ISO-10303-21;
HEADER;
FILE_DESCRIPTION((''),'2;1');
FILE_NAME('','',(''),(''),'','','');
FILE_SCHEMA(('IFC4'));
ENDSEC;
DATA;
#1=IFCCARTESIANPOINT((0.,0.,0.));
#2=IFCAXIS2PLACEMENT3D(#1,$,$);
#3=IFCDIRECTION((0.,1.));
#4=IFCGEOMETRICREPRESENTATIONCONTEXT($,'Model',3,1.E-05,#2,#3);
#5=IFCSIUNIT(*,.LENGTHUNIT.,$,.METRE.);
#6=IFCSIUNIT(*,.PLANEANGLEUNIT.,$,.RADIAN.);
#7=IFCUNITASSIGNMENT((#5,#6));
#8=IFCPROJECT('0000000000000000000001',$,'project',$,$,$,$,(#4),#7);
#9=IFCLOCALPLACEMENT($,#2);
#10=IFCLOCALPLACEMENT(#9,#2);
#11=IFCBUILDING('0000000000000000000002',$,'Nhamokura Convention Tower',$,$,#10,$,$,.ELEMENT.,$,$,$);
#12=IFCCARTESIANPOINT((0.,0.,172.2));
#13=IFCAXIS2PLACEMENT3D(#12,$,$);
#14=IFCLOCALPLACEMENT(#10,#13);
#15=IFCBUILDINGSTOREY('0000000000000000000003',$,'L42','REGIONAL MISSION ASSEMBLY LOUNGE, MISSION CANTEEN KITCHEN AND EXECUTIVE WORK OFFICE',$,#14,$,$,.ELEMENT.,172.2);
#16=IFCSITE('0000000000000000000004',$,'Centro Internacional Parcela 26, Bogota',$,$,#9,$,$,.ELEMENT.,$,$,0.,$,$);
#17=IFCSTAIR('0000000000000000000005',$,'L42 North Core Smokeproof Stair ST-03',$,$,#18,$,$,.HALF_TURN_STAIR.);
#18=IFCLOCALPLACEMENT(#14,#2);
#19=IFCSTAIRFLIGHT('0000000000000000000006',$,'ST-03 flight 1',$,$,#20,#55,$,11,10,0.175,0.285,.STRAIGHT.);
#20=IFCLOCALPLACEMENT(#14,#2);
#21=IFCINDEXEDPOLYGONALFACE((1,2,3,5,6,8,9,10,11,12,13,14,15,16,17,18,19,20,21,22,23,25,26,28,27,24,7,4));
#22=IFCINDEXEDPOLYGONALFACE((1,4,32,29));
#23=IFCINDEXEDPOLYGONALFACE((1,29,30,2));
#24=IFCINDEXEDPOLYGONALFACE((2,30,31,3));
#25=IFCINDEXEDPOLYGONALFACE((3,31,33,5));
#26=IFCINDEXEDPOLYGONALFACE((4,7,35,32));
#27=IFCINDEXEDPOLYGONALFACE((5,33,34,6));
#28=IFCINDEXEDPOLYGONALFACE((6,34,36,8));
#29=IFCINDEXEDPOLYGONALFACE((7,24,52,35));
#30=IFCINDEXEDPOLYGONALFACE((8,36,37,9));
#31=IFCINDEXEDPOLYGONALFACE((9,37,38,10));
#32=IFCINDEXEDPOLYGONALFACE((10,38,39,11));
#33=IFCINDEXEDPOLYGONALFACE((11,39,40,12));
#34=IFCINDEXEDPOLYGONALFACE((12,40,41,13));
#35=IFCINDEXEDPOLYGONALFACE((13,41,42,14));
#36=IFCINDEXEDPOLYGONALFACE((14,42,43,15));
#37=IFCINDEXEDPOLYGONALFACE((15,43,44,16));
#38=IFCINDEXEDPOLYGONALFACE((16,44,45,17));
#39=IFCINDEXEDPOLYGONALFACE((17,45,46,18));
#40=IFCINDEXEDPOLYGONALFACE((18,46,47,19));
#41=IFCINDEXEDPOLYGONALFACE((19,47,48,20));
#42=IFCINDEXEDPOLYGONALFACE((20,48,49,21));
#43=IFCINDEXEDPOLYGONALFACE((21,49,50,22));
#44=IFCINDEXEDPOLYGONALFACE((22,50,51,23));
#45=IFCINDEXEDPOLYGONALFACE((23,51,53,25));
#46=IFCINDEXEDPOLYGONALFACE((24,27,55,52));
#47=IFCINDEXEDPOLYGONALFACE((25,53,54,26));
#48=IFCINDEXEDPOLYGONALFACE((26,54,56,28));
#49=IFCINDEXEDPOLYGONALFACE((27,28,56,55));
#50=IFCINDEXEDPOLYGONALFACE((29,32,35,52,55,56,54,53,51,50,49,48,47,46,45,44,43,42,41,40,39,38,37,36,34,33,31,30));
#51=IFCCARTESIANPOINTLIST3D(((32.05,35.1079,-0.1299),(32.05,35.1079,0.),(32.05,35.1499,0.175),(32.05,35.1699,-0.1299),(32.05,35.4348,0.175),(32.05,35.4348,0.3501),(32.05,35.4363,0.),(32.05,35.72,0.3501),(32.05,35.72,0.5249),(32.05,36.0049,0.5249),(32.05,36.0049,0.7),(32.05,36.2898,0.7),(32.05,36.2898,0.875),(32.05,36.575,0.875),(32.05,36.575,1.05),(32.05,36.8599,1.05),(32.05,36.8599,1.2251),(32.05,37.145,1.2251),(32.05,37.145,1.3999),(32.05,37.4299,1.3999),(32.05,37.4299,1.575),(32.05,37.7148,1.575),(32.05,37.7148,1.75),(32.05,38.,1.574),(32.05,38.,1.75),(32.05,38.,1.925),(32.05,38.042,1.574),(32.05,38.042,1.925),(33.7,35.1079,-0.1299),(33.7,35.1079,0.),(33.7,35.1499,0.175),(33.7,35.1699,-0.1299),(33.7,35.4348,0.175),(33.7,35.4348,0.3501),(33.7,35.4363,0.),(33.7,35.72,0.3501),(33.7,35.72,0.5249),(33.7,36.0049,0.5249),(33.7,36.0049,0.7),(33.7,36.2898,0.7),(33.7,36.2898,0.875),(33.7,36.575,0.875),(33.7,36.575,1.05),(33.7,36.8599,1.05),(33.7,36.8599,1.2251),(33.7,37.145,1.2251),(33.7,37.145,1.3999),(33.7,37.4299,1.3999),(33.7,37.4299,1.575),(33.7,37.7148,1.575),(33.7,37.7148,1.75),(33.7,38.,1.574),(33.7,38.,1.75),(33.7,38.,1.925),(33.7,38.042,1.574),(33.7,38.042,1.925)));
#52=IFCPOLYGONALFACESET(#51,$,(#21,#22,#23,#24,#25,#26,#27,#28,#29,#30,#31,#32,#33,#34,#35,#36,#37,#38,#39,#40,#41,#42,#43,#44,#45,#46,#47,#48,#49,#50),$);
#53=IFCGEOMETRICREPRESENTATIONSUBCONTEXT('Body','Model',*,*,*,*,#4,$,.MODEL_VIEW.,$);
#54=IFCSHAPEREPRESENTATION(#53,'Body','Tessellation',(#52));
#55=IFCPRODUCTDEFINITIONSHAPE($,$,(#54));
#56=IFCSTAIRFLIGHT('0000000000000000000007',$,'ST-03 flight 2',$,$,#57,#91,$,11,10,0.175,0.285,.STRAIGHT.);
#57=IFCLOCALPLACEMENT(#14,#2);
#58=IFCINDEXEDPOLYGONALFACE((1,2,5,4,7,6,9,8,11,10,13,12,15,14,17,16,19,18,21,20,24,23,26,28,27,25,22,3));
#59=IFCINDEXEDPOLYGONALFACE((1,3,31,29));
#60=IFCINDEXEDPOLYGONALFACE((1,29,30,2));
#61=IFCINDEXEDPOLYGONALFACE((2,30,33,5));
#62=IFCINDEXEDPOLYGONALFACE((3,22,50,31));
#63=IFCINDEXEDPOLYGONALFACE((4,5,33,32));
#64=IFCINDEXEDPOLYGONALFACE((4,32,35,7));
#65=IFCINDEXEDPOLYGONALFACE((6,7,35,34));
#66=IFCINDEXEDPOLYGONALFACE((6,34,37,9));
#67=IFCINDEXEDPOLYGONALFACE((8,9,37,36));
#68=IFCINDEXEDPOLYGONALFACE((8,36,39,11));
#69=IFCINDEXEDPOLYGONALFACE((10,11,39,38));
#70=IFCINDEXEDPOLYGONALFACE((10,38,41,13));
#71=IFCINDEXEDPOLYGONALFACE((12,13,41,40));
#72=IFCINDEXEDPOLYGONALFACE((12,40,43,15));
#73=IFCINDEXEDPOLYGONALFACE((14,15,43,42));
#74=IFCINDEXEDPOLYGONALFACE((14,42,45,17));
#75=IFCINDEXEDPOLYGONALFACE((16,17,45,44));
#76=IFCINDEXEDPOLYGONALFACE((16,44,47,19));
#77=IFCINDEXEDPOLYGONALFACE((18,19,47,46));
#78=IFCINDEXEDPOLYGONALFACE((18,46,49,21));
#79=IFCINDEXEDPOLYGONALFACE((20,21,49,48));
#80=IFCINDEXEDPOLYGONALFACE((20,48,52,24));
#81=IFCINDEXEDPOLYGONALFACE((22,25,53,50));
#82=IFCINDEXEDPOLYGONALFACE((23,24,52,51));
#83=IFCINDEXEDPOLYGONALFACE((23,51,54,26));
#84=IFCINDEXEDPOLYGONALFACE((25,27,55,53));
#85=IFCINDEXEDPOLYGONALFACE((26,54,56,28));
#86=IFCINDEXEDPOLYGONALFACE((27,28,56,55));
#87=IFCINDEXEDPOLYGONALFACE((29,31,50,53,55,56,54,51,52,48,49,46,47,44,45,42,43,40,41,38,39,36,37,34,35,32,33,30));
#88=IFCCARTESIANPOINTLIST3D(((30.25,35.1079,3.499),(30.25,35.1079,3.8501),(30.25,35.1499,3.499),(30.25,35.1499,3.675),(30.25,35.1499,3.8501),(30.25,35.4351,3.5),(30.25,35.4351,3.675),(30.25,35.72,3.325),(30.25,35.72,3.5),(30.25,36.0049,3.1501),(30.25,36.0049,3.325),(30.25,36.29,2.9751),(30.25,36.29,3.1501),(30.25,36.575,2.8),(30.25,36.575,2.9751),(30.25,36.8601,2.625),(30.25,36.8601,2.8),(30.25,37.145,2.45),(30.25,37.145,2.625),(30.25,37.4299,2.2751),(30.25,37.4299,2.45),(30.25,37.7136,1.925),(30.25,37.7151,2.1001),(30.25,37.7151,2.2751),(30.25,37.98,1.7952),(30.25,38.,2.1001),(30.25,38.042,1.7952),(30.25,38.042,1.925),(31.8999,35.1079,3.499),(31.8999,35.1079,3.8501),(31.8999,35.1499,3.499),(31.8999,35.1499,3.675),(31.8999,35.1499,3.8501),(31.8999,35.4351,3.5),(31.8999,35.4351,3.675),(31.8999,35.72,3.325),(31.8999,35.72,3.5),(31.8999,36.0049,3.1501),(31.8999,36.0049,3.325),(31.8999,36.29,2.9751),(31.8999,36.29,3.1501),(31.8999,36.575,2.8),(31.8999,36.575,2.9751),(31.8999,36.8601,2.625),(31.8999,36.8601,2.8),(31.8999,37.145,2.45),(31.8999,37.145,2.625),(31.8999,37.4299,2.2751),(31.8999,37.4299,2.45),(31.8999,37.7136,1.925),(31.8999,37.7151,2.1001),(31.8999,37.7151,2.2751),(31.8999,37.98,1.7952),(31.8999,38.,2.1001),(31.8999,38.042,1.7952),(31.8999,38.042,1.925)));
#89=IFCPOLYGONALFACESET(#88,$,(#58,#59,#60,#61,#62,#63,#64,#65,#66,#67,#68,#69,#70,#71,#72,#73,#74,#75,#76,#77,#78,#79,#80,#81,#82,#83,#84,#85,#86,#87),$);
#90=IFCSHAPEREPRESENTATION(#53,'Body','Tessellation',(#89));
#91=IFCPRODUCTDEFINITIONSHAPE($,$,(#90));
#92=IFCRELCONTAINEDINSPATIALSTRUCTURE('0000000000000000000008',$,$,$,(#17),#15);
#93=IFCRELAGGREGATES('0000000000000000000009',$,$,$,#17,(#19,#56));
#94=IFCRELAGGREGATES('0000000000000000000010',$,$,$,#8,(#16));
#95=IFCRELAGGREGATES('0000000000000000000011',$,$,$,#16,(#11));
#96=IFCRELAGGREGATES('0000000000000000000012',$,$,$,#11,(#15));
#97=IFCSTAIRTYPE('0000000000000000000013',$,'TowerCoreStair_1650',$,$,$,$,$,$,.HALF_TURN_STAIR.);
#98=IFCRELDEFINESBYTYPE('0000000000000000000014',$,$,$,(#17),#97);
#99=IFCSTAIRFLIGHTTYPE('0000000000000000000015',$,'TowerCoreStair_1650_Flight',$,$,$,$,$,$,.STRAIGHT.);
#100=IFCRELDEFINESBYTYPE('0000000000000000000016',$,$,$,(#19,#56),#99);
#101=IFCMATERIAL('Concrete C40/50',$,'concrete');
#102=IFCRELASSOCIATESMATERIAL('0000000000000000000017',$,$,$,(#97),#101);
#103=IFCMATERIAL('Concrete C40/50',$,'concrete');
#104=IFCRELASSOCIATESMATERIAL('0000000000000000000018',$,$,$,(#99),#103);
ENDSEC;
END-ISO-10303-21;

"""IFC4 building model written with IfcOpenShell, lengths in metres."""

from ifc_helpers import new_model, si_unit, direction, frame, origin, place, context, subcontext, project, spatial, polyline, outline, extrude, material, type_object, element, aggregate, save


model = new_model("IFC4")

# Units and contexts
model_context = context("Model", 3, precision=1e-05, world=origin(), true_north=direction((0.0, 1.0)))
body_context = subcontext(model_context, "Body", "Model", "MODEL_VIEW")
ifc_project = project(units=[si_unit("LENGTHUNIT", "METRE"), si_unit("PLANEANGLEUNIT", "RADIAN")], contexts=[model_context])

# Site, building, storey
site_placement = place(None, origin())
site = spatial("IfcSite", under=ifc_project, at=site_placement, Name="Centro Internacional Parcela 26, Bogota", CompositionType="ELEMENT", RefElevation=0.0)
building_placement = place(site_placement, origin())
building = spatial("IfcBuilding", under=site, at=building_placement, Name="Nhamokura Convention Tower", CompositionType="ELEMENT")
storey_placement = place(building_placement, frame((0.0, 0.0, 172.2)))
storey = spatial("IfcBuildingStorey", under=building, at=storey_placement, Name="L42", Description="REGIONAL MISSION ASSEMBLY LOUNGE, MISSION CANTEEN KITCHEN AND EXECUTIVE WORK OFFICE", CompositionType="ELEMENT", Elevation=172.2)

# Stair, stair flights
ifc_material_1 = material(Name="Concrete C40/50", Category="concrete")
stair_type = type_object("IfcStairType", Name="TowerCoreStair_1650", PredefinedType="HALF_TURN_STAIR", material=ifc_material_1)
stair_placement = place(storey_placement, origin())
stair = element("IfcStair", 1, at=stair_placement, inside=storey, type_object=stair_type, Name="L42 North Core Smokeproof Stair ST-03", PredefinedType="HALF_TURN_STAIR")
ifc_material_2 = material(Name="Concrete C40/50", Category="concrete")
stair_flight_type = type_object("IfcStairFlightType", Name="TowerCoreStair_1650_Flight", PredefinedType="STRAIGHT", material=ifc_material_2)
stair_flight_1_placement = place(storey_placement, frame((32.875, 35.1499, 0.0), z_axis=(0.0, 0.0, 1.0), x_axis=(0.0, 1.0, 0.0)))
stair_flight_1 = element("IfcStairFlight", 2, at=stair_flight_1_placement, type_object=stair_flight_type, Name="ST-03 flight 1", NumberOfRisers=11, NumberOfTreads=10, PredefinedType="STRAIGHT", RiserHeight=0.175, TreadLength=0.285, context=body_context, shape_type="SweptSolid", body=[
    extrude(outline(polyline([(-0.042, 0.0), (0.0, 0.175), (0.2849, 0.175), (0.2849, 0.3501), (0.5701, 0.3501), (0.5701, 0.5249), (0.855, 0.5249), (0.855, 0.7), (1.1399, 0.7), (1.1399, 0.875), (1.425, 0.875), (1.425, 1.05), (1.71, 1.05), (1.71, 1.2251), (1.9951, 1.2251), (1.9951, 1.3999), (2.28, 1.3999), (2.28, 1.575), (2.5649, 1.575), (2.5649, 1.75), (2.8501, 1.75), (2.8501, 1.925), (2.8921, 1.925), (2.8921, 1.574), (2.8501, 1.574), (0.2864, 0.0), (0.02, -0.1299), (-0.042, -0.1299), (-0.042, 0.0)])), frame((0.0, 0.825, 0.0), z_axis=(0.0, -1.0, 0.0), x_axis=(1.0, 0.0, 0.0)), (0.0, 0.0, 1.0), 1.6499),
])
stair_flight_2_placement = place(storey_placement, frame((31.075, 38.0, 1.925), z_axis=(0.0, 0.0, 1.0), x_axis=(0.0, -1.0, 0.0)))
stair_flight_2 = element("IfcStairFlight", 3, at=stair_flight_2_placement, type_object=stair_flight_type, Name="ST-03 flight 2", NumberOfRisers=11, NumberOfTreads=10, PredefinedType="STRAIGHT", RiserHeight=0.175, TreadLength=0.285, context=body_context, shape_type="SweptSolid", body=[
    extrude(outline(polyline([(-0.042, 0.0), (0.0, 0.175), (0.2849, 0.175), (0.2849, 0.3501), (0.5701, 0.3501), (0.5701, 0.5249), (0.855, 0.5249), (0.855, 0.7), (1.1399, 0.7), (1.1399, 0.875), (1.425, 0.875), (1.425, 1.05), (1.71, 1.05), (1.71, 1.2251), (1.9951, 1.2251), (1.9951, 1.3999), (2.28, 1.3999), (2.28, 1.575), (2.5649, 1.575), (2.5649, 1.75), (2.8501, 1.75), (2.8501, 1.925), (2.8921, 1.925), (2.8921, 1.574), (2.8501, 1.574), (0.2864, 0.0), (0.02, -0.1299), (-0.042, -0.1299), (-0.042, 0.0)])), frame((0.0, 0.825, 0.0), z_axis=(0.0, -1.0, 0.0), x_axis=(1.0, 0.0, 0.0)), (0.0, 0.0, 1.0), 1.6499),
])
aggregate(stair, [stair_flight_1, stair_flight_2])

save(model, "model.ifc")
